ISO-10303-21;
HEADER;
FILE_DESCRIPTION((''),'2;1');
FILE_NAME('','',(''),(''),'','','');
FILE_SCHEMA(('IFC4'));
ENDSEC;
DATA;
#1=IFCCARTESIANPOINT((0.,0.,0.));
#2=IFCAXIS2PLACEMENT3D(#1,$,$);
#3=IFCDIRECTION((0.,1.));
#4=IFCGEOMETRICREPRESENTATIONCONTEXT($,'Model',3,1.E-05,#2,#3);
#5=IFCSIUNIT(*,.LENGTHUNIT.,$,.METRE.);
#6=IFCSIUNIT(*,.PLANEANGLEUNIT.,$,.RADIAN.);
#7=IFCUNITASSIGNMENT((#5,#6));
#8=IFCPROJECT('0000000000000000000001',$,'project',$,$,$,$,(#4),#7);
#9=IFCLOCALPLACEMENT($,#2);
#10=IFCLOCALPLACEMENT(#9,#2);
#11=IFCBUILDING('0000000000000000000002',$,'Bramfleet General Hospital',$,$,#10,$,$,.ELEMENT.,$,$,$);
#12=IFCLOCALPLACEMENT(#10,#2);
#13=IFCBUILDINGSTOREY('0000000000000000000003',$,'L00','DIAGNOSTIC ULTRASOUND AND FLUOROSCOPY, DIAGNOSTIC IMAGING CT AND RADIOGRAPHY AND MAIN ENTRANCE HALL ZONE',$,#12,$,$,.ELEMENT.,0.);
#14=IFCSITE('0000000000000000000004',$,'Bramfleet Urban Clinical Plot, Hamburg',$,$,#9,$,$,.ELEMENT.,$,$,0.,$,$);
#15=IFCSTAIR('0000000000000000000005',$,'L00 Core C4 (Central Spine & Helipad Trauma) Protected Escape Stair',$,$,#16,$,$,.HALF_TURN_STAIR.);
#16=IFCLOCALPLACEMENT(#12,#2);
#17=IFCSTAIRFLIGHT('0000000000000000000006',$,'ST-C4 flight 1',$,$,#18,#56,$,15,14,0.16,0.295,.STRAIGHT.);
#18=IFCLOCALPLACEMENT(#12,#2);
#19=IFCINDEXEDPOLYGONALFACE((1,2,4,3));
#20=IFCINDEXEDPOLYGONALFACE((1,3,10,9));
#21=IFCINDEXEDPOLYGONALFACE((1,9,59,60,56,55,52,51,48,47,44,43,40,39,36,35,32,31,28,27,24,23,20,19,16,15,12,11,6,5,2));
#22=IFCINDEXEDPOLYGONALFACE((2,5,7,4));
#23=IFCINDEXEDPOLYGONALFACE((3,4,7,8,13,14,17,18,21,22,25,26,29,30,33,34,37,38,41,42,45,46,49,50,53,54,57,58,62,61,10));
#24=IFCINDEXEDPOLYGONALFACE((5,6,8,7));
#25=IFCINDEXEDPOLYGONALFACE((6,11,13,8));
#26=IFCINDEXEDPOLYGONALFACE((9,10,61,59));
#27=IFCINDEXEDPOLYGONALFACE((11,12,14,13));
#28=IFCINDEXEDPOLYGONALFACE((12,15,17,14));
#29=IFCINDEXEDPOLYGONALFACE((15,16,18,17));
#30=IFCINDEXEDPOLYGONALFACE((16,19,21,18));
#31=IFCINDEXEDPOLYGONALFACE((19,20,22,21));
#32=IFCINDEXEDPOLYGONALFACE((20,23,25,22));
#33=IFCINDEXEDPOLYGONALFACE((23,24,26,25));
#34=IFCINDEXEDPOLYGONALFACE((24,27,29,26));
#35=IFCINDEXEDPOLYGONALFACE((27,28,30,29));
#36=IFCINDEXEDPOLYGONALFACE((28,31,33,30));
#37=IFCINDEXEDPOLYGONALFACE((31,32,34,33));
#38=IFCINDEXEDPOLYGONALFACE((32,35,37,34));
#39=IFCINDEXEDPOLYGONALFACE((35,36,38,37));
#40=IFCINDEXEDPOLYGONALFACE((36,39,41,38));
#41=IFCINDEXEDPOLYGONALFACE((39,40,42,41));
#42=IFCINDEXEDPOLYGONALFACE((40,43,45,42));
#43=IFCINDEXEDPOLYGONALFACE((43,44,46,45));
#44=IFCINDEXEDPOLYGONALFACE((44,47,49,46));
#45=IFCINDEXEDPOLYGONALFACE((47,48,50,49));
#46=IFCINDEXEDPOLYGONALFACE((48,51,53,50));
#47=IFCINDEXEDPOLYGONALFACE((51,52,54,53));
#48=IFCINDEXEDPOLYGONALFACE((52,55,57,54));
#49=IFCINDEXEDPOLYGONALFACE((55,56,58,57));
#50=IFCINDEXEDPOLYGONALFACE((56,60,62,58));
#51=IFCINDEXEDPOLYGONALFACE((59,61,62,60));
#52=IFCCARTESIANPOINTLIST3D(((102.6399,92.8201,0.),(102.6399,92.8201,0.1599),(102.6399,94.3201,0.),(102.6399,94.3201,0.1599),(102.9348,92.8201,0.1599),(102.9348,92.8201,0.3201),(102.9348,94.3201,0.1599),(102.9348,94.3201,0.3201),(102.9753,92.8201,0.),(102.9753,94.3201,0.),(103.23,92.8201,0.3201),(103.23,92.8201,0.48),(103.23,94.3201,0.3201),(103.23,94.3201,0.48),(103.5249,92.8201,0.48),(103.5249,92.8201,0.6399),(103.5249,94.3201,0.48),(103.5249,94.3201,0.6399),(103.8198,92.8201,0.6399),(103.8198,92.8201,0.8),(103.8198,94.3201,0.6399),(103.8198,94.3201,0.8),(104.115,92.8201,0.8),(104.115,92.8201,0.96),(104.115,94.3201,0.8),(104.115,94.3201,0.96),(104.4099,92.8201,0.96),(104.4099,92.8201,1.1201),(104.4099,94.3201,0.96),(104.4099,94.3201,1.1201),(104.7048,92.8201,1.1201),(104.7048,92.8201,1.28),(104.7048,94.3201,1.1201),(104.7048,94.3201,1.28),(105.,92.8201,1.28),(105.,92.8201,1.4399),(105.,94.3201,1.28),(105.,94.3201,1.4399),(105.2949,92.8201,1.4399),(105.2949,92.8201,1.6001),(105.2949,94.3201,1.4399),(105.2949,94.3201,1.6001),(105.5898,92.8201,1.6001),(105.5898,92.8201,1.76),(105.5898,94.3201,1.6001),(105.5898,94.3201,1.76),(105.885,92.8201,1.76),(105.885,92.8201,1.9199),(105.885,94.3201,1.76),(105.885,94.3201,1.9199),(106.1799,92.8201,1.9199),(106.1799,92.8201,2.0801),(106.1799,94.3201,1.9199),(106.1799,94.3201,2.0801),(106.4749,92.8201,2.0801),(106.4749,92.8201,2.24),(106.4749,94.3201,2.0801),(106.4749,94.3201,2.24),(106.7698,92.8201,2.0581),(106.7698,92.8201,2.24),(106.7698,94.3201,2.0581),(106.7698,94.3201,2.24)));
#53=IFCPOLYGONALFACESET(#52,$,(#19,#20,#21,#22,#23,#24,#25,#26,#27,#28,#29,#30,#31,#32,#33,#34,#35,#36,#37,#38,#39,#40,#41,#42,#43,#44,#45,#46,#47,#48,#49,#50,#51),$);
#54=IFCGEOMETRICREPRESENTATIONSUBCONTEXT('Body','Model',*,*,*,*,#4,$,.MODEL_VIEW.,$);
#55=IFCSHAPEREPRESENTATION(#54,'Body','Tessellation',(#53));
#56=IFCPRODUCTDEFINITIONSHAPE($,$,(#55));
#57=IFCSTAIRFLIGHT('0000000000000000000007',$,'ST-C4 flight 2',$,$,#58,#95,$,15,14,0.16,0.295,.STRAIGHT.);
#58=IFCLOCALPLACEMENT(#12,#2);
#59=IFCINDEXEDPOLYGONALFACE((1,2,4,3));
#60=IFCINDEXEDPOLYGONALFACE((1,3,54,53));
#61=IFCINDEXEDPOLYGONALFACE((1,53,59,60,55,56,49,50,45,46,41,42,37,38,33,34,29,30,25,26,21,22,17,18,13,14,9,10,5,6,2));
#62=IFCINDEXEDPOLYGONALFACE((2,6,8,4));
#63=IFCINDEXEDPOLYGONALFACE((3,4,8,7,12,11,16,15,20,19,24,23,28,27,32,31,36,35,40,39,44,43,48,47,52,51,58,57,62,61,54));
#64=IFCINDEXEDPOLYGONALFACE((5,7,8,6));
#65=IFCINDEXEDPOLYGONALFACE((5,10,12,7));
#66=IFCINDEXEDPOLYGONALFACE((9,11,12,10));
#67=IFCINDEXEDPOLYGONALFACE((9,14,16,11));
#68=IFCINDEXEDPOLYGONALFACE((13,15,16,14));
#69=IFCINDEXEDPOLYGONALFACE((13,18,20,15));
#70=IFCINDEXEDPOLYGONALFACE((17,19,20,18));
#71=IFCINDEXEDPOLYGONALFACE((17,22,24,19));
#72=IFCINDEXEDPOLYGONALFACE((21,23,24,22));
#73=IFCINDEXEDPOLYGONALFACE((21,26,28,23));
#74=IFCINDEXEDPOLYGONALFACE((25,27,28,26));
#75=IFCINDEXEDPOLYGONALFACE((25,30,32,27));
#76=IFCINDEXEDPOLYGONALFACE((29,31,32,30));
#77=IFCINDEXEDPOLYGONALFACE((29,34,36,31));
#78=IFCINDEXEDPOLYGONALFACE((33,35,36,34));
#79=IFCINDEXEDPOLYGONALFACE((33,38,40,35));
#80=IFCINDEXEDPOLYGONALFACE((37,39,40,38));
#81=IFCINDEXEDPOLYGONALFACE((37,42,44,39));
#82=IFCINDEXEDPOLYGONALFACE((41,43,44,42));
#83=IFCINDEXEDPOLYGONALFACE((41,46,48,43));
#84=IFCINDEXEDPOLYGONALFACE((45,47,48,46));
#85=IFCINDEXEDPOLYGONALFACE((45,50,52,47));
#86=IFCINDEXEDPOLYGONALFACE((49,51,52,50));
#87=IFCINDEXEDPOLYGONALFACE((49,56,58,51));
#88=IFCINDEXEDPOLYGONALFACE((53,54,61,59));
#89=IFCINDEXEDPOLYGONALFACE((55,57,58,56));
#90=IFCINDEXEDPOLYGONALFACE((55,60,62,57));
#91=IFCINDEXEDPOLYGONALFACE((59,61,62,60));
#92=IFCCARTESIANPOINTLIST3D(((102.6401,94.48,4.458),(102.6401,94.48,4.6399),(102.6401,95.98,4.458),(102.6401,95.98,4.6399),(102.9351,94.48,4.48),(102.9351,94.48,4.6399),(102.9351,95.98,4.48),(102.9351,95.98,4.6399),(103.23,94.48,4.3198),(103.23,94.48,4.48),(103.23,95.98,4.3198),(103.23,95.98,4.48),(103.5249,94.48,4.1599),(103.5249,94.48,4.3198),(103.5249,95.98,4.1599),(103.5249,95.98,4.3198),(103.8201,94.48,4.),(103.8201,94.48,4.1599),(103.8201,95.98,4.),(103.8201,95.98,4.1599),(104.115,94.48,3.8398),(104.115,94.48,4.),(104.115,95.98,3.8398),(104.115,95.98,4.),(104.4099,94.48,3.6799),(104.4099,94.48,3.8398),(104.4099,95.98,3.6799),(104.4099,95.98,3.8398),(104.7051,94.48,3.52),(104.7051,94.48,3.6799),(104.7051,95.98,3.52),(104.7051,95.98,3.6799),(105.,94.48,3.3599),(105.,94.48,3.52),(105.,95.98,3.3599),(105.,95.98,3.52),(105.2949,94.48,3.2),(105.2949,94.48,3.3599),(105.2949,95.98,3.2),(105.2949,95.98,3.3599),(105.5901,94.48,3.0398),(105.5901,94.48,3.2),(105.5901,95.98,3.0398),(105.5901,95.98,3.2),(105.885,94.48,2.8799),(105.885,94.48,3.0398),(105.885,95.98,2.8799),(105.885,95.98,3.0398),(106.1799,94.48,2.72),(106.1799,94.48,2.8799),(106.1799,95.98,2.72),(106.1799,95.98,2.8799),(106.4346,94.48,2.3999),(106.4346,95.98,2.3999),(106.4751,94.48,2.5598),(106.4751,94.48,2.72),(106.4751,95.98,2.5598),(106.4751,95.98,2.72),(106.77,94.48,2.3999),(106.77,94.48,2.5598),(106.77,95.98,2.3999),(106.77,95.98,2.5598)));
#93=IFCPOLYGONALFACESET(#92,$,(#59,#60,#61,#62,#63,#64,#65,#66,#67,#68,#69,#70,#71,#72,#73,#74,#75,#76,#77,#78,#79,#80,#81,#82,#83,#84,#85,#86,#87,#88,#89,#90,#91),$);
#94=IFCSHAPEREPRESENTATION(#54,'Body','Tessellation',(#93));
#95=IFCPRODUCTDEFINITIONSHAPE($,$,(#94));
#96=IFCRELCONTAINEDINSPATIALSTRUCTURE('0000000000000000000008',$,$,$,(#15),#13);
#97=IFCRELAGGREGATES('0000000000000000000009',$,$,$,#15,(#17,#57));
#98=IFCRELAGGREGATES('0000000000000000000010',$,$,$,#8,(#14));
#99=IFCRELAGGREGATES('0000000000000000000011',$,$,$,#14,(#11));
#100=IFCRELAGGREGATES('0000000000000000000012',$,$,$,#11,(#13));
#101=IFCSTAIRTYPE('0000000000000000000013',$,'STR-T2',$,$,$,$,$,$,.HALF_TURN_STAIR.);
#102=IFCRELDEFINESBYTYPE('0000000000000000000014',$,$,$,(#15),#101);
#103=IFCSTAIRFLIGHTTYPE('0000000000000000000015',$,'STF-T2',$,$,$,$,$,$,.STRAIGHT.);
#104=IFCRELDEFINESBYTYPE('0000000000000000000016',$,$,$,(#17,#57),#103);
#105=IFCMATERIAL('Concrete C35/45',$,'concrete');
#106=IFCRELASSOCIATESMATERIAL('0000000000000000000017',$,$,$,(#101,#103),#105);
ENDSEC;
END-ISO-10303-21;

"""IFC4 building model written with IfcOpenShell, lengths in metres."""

from ifc_helpers import new_model, si_unit, direction, frame, origin, place, context, subcontext, project, spatial, polyline, outline, extrude, material, type_object, element, aggregate, save


model = new_model("IFC4")

# Units and contexts
model_context = context("Model", 3, precision=1e-05, world=origin(), true_north=direction((0.0, 1.0)))
body_context = subcontext(model_context, "Body", "Model", "MODEL_VIEW")
ifc_project = project(units=[si_unit("LENGTHUNIT", "METRE"), si_unit("PLANEANGLEUNIT", "RADIAN")], contexts=[model_context])

# Site, building, storey
site_placement = place(None, origin())
site = spatial("IfcSite", under=ifc_project, at=site_placement, Name="Bramfleet Urban Clinical Plot, Hamburg", CompositionType="ELEMENT", RefElevation=0.0)
building_placement = place(site_placement, origin())
building = spatial("IfcBuilding", under=site, at=building_placement, Name="Bramfleet General Hospital", CompositionType="ELEMENT")
storey_placement = place(building_placement, origin())
storey = spatial("IfcBuildingStorey", under=building, at=storey_placement, Name="L00", Description="DIAGNOSTIC ULTRASOUND AND FLUOROSCOPY, DIAGNOSTIC IMAGING CT AND RADIOGRAPHY AND MAIN ENTRANCE HALL ZONE", CompositionType="ELEMENT", Elevation=0.0)

# Shared definitions
ifc_material_1 = material(Name="Concrete C35/45", Category="concrete")

# Stair, stair flights
stair_type = type_object("IfcStairType", Name="STR-T2", PredefinedType="HALF_TURN_STAIR", material=ifc_material_1)
stair_placement = place(storey_placement, origin())
stair = element("IfcStair", 1, at=stair_placement, inside=storey, type_object=stair_type, Name="L00 Core C4 (Central Spine & Helipad Trauma) Protected Escape Stair", PredefinedType="HALF_TURN_STAIR")
stair_flight_type = type_object("IfcStairFlightType", Name="STF-T2", PredefinedType="STRAIGHT", material=ifc_material_1)
stair_flight_1_placement = place(storey_placement, frame((102.6399, 93.5701, 0.0), z_axis=(0.0, 0.0, 1.0), x_axis=(1.0, 0.0, 0.0)))
stair_flight_1 = element("IfcStairFlight", 2, at=stair_flight_1_placement, type_object=stair_flight_type, Name="ST-C4 flight 1", NumberOfRisers=15, NumberOfTreads=14, PredefinedType="STRAIGHT", RiserHeight=0.16, TreadLength=0.295, context=body_context, shape_type="SweptSolid", body=[
    extrude(outline(polyline([(0.0, 0.0), (0.0, 0.1599), (0.2949, 0.1599), (0.2949, 0.3201), (0.5901, 0.3201), (0.5901, 0.48), (0.885, 0.48), (0.885, 0.6399), (1.1799, 0.6399), (1.1799, 0.8), (1.4751, 0.8), (1.4751, 0.96), (1.77, 0.96), (1.77, 1.1201), (2.0649, 1.1201), (2.0649, 1.28), (2.3601, 1.28), (2.3601, 1.4399), (2.655, 1.4399), (2.655, 1.6001), (2.95, 1.6001), (2.95, 1.76), (3.2451, 1.76), (3.2451, 1.9199), (3.54, 1.9199), (3.54, 2.0801), (3.835, 2.0801), (3.835, 2.24), (4.1299, 2.24), (4.1299, 2.3999), (4.1299, 2.0581), (0.3354, 0.0), (0.0, 0.0)])), frame((0.0, 0.75, 0.0), z_axis=(0.0, -1.0, 0.0), x_axis=(1.0, 0.0, 0.0)), (0.0, 0.0, 1.0), 1.5),
])
stair_flight_2_placement = place(storey_placement, frame((106.77, 95.23, 2.3999), z_axis=(0.0, 0.0, 1.0), x_axis=(-1.0, 0.0, 0.0)))
stair_flight_2 = element("IfcStairFlight", 3, at=stair_flight_2_placement, type_object=stair_flight_type, Name="ST-C4 flight 2", NumberOfRisers=15, NumberOfTreads=14, PredefinedType="STRAIGHT", RiserHeight=0.16, TreadLength=0.295, context=body_context, shape_type="SweptSolid", body=[
    extrude(outline(polyline([(0.0, 0.0), (0.0, 0.1599), (0.2949, 0.1599), (0.2949, 0.3201), (0.5901, 0.3201), (0.5901, 0.48), (0.885, 0.48), (0.885, 0.6399), (1.1799, 0.6399), (1.1799, 0.8), (1.4751, 0.8), (1.4751, 0.96), (1.77, 0.96), (1.77, 1.1201), (2.0649, 1.1201), (2.0649, 1.28), (2.3601, 1.28), (2.3601, 1.4399), (2.655, 1.4399), (2.655, 1.6001), (2.95, 1.6001), (2.95, 1.76), (3.2451, 1.76), (3.2451, 1.9199), (3.54, 1.9199), (3.54, 2.0801), (3.835, 2.0801), (3.835, 2.24), (4.1299, 2.24), (4.1299, 2.3999), (4.1299, 2.0581), (0.3354, 0.0), (0.0, 0.0)])), frame((0.0, 0.75, 0.0), z_axis=(0.0, -1.0, 0.0), x_axis=(1.0, 0.0, 0.0)), (0.0, 0.0, 1.0), 1.5),
])
aggregate(stair, [stair_flight_1, stair_flight_2])

save(model, "model.ifc")
